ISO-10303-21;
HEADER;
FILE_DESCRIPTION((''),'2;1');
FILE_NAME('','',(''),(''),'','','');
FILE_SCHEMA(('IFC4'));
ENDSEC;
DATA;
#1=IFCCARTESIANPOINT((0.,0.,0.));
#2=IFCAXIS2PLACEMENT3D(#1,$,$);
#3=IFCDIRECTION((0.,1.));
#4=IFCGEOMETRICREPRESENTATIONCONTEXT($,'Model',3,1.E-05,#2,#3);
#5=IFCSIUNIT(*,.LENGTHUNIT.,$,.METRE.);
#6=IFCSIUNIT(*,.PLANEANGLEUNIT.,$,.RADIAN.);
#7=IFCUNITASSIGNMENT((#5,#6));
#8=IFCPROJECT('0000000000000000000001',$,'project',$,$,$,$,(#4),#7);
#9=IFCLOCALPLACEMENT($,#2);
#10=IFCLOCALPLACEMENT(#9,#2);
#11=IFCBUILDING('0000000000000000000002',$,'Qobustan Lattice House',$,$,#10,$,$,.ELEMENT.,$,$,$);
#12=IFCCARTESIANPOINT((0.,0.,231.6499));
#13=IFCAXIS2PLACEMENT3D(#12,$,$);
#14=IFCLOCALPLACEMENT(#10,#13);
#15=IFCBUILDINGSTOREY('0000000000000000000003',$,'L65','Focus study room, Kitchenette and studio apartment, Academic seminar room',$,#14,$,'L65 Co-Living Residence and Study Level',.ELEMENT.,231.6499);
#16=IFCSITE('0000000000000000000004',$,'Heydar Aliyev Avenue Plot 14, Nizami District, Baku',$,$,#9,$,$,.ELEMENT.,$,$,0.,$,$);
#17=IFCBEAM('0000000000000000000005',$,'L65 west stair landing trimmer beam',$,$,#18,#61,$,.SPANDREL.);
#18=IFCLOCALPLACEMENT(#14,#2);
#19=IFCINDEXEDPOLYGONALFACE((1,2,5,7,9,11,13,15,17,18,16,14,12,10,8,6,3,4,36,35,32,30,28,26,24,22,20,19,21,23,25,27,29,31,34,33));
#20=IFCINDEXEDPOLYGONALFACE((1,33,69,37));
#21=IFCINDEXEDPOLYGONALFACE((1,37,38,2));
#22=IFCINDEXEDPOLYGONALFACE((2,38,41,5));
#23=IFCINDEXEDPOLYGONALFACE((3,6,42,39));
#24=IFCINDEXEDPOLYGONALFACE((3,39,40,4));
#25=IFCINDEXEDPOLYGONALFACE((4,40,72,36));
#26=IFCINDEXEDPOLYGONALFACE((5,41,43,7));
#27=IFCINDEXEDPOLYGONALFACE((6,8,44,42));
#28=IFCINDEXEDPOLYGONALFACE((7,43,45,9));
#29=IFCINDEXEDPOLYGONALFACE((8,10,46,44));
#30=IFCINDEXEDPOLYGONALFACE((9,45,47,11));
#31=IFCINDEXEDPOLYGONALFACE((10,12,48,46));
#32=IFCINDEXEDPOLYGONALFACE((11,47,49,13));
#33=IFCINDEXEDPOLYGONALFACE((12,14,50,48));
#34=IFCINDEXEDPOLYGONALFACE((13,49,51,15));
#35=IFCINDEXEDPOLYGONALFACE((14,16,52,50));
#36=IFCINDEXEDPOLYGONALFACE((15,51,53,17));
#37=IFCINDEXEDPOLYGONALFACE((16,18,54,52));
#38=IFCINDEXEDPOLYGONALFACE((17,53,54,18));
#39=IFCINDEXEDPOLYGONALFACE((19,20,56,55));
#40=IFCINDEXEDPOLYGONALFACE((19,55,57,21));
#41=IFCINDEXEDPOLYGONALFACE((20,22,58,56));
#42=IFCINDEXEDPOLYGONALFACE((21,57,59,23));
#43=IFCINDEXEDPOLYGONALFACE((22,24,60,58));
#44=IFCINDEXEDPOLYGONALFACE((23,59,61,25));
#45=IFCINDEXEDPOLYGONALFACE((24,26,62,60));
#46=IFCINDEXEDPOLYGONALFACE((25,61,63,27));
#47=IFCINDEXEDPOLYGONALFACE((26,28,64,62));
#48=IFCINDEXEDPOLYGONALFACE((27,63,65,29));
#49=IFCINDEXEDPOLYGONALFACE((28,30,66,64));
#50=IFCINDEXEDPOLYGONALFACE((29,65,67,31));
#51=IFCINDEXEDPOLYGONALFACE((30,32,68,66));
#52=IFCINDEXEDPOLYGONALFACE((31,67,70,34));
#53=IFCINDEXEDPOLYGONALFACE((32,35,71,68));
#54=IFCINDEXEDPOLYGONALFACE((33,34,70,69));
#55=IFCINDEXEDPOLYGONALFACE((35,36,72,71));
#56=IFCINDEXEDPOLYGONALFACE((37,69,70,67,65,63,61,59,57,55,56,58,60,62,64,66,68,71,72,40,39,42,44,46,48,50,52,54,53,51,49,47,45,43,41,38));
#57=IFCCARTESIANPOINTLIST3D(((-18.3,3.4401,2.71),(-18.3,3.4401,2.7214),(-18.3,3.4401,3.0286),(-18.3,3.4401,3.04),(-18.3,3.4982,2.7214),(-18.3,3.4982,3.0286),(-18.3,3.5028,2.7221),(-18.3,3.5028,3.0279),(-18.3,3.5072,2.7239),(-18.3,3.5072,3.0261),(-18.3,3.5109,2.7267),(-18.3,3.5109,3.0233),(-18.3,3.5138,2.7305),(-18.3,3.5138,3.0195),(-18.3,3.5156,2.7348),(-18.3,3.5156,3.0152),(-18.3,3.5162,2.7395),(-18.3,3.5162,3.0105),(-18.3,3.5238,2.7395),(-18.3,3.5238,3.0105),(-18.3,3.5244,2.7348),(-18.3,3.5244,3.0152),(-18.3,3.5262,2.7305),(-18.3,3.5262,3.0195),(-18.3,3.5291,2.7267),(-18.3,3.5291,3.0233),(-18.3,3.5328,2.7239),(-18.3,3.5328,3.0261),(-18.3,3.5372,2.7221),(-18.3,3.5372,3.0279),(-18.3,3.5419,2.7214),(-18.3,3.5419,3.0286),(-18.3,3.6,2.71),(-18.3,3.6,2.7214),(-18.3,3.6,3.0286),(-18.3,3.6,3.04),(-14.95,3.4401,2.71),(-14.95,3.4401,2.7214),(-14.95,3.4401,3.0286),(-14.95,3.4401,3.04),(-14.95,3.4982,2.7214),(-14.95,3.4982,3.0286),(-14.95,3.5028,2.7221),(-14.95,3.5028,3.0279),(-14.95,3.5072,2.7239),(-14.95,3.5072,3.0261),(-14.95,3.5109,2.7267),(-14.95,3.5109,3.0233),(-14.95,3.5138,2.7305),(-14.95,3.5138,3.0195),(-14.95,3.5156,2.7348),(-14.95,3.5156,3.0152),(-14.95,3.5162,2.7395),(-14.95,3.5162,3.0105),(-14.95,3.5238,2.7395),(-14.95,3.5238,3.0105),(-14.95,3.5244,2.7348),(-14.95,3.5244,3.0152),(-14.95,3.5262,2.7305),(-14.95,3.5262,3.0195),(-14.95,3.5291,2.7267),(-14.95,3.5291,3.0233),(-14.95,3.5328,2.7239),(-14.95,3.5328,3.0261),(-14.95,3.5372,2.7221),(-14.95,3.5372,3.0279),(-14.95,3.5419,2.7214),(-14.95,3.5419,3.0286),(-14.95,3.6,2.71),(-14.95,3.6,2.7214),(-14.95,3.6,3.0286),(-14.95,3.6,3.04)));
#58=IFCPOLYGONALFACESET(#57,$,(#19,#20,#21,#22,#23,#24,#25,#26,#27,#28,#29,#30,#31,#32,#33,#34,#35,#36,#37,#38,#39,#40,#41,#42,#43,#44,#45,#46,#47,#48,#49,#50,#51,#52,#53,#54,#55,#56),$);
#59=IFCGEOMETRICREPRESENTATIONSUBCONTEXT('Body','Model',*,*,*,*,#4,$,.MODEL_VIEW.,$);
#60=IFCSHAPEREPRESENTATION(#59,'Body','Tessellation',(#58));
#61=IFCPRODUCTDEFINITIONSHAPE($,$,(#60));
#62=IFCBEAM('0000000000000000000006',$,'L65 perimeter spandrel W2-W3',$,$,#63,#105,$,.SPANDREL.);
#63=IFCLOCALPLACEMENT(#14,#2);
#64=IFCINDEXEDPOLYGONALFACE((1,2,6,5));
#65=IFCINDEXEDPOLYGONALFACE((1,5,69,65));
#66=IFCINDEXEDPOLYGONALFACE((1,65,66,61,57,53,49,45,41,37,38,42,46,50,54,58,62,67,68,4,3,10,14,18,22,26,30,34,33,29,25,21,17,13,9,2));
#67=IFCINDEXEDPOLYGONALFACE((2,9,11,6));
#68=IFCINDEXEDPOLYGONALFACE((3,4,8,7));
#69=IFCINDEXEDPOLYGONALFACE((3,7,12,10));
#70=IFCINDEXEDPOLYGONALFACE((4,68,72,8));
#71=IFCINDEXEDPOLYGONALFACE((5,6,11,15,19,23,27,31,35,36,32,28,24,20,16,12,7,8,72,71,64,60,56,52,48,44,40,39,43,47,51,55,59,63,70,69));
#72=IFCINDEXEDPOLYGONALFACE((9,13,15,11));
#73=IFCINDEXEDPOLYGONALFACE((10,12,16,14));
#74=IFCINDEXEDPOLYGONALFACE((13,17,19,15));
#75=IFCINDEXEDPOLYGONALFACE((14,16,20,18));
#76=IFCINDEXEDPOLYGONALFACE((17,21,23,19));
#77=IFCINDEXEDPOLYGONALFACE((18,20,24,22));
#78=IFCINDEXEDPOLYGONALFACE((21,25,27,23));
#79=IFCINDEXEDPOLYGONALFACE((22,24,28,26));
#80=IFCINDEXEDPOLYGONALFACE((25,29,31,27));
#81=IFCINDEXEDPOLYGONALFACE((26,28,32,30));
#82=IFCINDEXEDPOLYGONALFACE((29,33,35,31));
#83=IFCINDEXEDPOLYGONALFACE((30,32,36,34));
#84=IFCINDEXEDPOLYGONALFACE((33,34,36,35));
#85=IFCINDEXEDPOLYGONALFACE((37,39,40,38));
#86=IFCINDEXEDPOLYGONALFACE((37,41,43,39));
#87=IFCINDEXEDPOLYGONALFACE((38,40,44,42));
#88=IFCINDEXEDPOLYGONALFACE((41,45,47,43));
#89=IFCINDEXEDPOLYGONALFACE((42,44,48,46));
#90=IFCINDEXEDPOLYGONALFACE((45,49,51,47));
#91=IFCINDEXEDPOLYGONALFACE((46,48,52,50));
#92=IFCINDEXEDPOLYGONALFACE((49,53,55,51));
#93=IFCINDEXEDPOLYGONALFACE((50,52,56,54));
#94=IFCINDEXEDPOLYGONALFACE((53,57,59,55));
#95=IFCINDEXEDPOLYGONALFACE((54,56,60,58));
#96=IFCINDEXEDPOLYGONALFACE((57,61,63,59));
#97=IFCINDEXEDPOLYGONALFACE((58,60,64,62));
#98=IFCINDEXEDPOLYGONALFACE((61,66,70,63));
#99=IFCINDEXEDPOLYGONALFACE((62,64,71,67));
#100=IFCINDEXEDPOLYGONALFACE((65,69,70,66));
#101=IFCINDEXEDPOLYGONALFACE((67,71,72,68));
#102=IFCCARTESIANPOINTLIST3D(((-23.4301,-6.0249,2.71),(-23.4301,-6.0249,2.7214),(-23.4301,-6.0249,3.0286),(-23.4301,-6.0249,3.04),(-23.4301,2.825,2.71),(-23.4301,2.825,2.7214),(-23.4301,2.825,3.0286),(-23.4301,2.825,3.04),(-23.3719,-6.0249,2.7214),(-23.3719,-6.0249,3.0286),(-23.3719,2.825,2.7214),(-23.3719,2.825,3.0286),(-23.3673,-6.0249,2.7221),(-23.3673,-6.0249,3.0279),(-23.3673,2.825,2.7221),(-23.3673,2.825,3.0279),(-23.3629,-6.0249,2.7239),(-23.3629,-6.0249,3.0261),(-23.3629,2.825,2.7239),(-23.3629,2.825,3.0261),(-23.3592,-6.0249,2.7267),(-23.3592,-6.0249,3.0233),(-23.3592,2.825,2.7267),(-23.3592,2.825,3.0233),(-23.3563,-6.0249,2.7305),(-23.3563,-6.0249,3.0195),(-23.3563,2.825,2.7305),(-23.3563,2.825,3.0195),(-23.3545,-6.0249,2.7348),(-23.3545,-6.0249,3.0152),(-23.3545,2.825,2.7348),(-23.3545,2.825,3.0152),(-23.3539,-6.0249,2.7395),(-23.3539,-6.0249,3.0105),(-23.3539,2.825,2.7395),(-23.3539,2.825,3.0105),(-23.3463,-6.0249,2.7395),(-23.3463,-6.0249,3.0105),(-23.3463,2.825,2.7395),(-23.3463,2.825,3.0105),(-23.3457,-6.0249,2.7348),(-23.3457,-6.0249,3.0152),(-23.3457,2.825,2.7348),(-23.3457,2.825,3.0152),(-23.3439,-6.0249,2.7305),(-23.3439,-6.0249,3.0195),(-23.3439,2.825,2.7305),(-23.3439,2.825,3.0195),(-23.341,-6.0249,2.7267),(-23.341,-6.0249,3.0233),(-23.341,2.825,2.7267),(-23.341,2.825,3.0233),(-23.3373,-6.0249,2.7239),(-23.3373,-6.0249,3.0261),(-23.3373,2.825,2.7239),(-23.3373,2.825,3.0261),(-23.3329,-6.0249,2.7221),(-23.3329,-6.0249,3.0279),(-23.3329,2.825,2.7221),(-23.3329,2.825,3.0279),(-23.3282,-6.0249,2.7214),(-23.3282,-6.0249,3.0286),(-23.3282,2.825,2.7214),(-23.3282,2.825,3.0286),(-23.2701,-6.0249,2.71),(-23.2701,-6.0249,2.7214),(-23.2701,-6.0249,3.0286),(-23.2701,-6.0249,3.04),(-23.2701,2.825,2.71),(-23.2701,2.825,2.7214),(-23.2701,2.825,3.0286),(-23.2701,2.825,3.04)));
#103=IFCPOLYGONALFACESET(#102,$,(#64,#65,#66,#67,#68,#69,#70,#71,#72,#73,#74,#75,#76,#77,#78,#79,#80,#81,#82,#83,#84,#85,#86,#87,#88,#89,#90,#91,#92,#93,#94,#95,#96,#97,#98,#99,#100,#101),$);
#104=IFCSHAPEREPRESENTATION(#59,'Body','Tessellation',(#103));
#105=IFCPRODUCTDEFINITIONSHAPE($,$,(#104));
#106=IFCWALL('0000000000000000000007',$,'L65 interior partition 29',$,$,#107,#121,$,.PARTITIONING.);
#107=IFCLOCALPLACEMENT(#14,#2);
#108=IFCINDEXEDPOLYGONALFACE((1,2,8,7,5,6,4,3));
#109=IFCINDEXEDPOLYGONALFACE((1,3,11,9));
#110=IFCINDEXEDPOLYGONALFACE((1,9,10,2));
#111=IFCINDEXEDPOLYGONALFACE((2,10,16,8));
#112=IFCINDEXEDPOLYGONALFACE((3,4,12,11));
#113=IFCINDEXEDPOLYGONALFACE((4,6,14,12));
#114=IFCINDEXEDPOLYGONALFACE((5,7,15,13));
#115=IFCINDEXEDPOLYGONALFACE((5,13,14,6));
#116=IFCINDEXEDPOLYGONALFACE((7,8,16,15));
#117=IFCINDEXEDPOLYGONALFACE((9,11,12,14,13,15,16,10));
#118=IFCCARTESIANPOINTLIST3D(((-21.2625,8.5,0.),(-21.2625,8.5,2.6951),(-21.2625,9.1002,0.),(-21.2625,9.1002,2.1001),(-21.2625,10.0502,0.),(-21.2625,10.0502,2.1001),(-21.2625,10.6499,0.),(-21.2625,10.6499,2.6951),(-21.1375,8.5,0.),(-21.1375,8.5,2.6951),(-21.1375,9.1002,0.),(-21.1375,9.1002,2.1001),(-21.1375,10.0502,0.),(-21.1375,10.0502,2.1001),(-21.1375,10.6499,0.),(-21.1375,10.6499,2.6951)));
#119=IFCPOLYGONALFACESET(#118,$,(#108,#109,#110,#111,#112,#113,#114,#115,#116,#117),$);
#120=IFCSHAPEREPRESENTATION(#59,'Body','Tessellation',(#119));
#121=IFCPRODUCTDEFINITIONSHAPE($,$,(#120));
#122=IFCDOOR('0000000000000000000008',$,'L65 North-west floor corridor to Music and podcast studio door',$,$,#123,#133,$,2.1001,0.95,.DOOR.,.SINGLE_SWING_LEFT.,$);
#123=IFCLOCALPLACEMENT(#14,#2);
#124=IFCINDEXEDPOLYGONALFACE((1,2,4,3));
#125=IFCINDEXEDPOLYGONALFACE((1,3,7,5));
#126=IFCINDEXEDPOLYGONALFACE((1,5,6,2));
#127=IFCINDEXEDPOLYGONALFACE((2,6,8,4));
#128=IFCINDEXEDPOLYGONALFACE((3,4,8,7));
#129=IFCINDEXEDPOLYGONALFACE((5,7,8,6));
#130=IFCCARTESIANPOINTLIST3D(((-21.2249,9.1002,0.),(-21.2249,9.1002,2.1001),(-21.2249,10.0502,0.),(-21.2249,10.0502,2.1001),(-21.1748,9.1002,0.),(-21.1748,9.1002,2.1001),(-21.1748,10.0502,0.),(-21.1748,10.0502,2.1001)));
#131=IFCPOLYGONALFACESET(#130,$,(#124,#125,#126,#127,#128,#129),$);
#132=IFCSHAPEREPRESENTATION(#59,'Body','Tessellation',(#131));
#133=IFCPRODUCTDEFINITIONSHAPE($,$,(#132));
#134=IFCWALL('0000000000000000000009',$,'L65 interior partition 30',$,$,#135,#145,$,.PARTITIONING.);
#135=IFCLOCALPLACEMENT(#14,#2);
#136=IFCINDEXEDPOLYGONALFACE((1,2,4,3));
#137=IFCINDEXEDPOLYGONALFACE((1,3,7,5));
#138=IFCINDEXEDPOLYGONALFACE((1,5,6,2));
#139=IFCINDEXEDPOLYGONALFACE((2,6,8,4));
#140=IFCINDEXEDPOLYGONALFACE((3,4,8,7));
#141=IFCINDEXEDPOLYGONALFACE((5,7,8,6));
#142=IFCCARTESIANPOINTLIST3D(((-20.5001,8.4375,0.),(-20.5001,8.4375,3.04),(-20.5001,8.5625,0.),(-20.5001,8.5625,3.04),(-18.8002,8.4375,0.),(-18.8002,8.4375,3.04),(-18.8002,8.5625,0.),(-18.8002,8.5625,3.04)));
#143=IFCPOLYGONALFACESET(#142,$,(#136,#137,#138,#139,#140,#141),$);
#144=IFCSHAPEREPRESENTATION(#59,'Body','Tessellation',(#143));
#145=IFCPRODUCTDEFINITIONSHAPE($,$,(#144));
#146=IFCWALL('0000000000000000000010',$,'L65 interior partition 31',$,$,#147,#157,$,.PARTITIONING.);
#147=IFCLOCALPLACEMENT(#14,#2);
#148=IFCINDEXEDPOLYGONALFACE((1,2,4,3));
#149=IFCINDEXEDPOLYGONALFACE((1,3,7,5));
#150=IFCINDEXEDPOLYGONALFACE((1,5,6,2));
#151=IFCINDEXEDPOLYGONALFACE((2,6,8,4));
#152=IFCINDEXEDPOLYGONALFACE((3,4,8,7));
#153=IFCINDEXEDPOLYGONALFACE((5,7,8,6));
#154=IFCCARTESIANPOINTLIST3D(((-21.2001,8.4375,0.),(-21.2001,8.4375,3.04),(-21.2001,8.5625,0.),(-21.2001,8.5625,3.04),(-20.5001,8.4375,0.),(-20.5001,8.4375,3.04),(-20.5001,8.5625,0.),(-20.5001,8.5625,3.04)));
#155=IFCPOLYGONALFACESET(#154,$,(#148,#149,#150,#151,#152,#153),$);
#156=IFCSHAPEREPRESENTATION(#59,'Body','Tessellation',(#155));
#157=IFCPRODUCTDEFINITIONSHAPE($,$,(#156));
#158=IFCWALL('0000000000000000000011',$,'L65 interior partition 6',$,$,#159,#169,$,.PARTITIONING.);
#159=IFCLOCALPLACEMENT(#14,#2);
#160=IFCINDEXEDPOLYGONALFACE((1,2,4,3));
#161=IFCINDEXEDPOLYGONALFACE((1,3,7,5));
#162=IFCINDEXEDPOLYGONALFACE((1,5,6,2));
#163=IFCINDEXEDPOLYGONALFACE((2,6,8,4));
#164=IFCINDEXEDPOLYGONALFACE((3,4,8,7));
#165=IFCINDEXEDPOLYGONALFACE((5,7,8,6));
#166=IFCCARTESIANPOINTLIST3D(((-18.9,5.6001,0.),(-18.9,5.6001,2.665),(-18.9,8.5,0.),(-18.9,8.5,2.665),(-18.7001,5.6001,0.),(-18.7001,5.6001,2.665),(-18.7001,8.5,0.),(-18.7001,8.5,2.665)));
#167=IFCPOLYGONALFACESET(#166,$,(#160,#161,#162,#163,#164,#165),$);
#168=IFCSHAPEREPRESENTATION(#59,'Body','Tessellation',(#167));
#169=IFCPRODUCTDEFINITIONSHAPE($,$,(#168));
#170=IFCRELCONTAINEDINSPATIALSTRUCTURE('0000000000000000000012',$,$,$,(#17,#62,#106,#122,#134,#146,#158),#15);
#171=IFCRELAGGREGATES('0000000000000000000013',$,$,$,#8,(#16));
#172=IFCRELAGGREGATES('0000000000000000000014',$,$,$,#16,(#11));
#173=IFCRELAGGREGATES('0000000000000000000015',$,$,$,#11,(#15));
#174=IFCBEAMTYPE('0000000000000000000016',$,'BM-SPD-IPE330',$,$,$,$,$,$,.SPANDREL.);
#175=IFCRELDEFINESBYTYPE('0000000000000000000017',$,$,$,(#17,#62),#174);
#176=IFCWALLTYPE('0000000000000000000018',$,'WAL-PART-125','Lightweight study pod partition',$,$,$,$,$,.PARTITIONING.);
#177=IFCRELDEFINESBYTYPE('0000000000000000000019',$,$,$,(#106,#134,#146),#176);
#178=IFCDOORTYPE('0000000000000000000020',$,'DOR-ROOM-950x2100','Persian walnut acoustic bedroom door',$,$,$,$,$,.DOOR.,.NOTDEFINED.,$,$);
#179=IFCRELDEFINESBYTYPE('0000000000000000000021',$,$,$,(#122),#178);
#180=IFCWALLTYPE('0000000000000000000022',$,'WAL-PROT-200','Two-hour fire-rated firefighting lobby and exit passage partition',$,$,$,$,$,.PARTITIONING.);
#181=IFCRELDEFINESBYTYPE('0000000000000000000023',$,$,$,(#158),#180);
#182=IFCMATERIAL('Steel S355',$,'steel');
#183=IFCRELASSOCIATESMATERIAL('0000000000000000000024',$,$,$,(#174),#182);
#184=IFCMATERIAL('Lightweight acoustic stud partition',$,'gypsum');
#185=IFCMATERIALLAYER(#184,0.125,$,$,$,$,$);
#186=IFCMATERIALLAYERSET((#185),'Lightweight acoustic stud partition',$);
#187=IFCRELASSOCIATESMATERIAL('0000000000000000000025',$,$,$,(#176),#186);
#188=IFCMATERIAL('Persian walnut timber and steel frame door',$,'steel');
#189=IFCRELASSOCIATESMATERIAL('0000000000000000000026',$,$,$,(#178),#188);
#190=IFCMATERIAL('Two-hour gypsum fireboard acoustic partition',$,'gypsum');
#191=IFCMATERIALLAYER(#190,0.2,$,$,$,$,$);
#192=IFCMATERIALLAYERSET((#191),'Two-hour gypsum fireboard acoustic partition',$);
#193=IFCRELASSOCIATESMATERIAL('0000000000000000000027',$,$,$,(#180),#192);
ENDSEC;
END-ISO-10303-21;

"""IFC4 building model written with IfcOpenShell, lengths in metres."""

from ifc_helpers import new_model, si_unit, direction, frame, frame_2d, origin, origin_2d, place, context, subcontext, project, spatial, rectangle, i_section, extrude, material, layer, layer_set, material_profile, profile_set, type_object, element, fill, save


model = new_model("IFC4")

# Units and contexts
model_context = context("Model", 3, precision=1e-05, world=origin(), true_north=direction((0.0, 1.0)))
body_context = subcontext(model_context, "Body", "Model", "MODEL_VIEW")
ifc_project = project(units=[si_unit("LENGTHUNIT", "METRE"), si_unit("PLANEANGLEUNIT", "RADIAN")], contexts=[model_context])

# Site, building, storey
site_placement = place(None, origin())
site = spatial("IfcSite", under=ifc_project, at=site_placement, Name="Heydar Aliyev Avenue Plot 14, Nizami District, Baku", CompositionType="ELEMENT", RefElevation=0.0)
building_placement = place(site_placement, origin())
building = spatial("IfcBuilding", under=site, at=building_placement, Name="Qobustan Lattice House", CompositionType="ELEMENT")
storey_placement = place(building_placement, frame((0.0, 0.0, 231.6499)))
storey = spatial("IfcBuildingStorey", under=building, at=storey_placement, Name="L65", Description="Focus study room, Kitchenette and studio apartment, Academic seminar room", LongName="L65 Co-Living Residence and Study Level", CompositionType="ELEMENT", Elevation=231.6499)

# Beams
ifc_material_1 = material(Name="Steel S355", Category="steel")
ifc_material_profile_1 = material_profile(ifc_material_1, i_section(OverallWidth=0.1599, OverallDepth=0.3301, WebThickness=0.0076, FlangeThickness=0.0115, FilletRadius=0.0181, at=origin_2d()), Name="IPE330")
ifc_profile_set_1 = profile_set([ifc_material_profile_1], Name="Steel S355")
beam_type_1 = type_object("IfcBeamType", Name="BM-SPD-IPE330", PredefinedType="SPANDREL", material=ifc_profile_set_1)
beam_1_placement = place(storey_placement, frame((-18.3, 3.52, 2.875), z_axis=(1.0, 0.0, 0.0), x_axis=(0.0, 1.0, 0.0)))
element("IfcBeam", 1, at=beam_1_placement, inside=storey, type_object=beam_type_1, Name="L65 west stair landing trimmer beam", PredefinedType="SPANDREL", context=body_context, shape_type="SweptSolid", body=[
    extrude(i_section(OverallWidth=0.1599, OverallDepth=0.3301, WebThickness=0.0076, FlangeThickness=0.0115, FilletRadius=0.0181, at=origin_2d()), origin(), (0.0, 0.0, 1.0), 3.3501),
])
beam_2_placement = place(storey_placement, frame((-23.3501, 2.825, 2.875), z_axis=(0.0, -1.0, 0.0), x_axis=(1.0, 0.0, 0.0)))
element("IfcBeam", 2, at=beam_2_placement, inside=storey, type_object=beam_type_1, Name="L65 perimeter spandrel W2-W3", PredefinedType="SPANDREL", context=body_context, shape_type="SweptSolid", body=[
    extrude(i_section(OverallWidth=0.1599, OverallDepth=0.3301, WebThickness=0.0076, FlangeThickness=0.0115, FilletRadius=0.0181, at=origin_2d()), origin(), (0.0, 0.0, 1.0), 8.8499),
])

# Wall, opening, door
ifc_material_2 = material(Name="Lightweight acoustic stud partition", Category="gypsum")
ifc_layer_1 = layer(ifc_material_2, 0.125)
ifc_layer_set_1 = layer_set([ifc_layer_1], Name="Lightweight acoustic stud partition")
wall_type_1 = type_object("IfcWallType", Name="WAL-PART-125", Description="Lightweight study pod partition", PredefinedType="PARTITIONING", material=ifc_layer_set_1)
wall_1_placement = place(storey_placement, frame((-21.2, 8.5, 0.0), z_axis=(0.0, 0.0, 1.0), x_axis=(0.0, 1.0, 0.0)))
wall_1 = element("IfcWall", 3, at=wall_1_placement, inside=storey, type_object=wall_type_1, Name="L65 interior partition 29", PredefinedType="PARTITIONING", context=body_context, shape_type="SweptSolid", body=[
    extrude(rectangle(XDim=2.1499, YDim=0.125, at=frame_2d((1.075, 0.0))), origin(), (0.0, 0.0, 1.0), 2.6951),
])
opening_1_placement = place(wall_1_placement, frame((0.6001, 0.0, 0.0)))
opening_1 = element("IfcOpeningElement", 4, at=opening_1_placement, cuts=wall_1, PredefinedType="OPENING", context=body_context, shape_type="SweptSolid", body=[
    extrude(rectangle(XDim=0.95, YDim=2.1001, at=frame_2d((0.4751, 1.05))), frame((0.0, 0.0725, 0.0), z_axis=(0.0, -1.0, 0.0), x_axis=(1.0, 0.0, 0.0)), (0.0, 0.0, 1.0), 0.145),
])
ifc_material_3 = material(Name="Persian walnut timber and steel frame door", Category="steel")
door_type_1 = type_object("IfcDoorType", Name="DOR-ROOM-950x2100", Description="Persian walnut acoustic bedroom door", OperationType="NOTDEFINED", PredefinedType="DOOR", material=ifc_material_3)
door_1_placement = place(opening_1_placement, origin())
door_1 = element("IfcDoor", 5, at=door_1_placement, inside=storey, type_object=door_type_1, Name="L65 North-west floor corridor to Music and podcast studio door", OperationType="SINGLE_SWING_LEFT", OverallHeight=2.1001, OverallWidth=0.95, PredefinedType="DOOR", context=body_context, shape_type="SweptSolid", body=[
    extrude(rectangle(XDim=0.95, YDim=2.1001, at=frame_2d((0.4751, 1.05))), frame((0.0, 0.0249, 0.0), z_axis=(0.0, -1.0, 0.0), x_axis=(1.0, 0.0, 0.0)), (0.0, 0.0, 1.0), 0.05),
])
fill(opening_1, door_1)

# Walls
wall_2_placement = place(storey_placement, frame((-18.8, 8.5, 0.0), z_axis=(0.0, 0.0, 1.0), x_axis=(-1.0, 0.0, 0.0)))
element("IfcWall", 6, at=wall_2_placement, inside=storey, type_object=wall_type_1, Name="L65 interior partition 30", PredefinedType="PARTITIONING", context=body_context, shape_type="SweptSolid", body=[
    extrude(rectangle(XDim=1.7, YDim=0.125, at=frame_2d((0.8501, 0.0))), origin(), (0.0, 0.0, 1.0), 3.04),
])
wall_3_placement = place(storey_placement, frame((-20.5, 8.5, 0.0), z_axis=(0.0, 0.0, 1.0), x_axis=(-1.0, 0.0, 0.0)))
element("IfcWall", 7, at=wall_3_placement, inside=storey, type_object=wall_type_1, Name="L65 interior partition 31", PredefinedType="PARTITIONING", context=body_context, shape_type="SweptSolid", body=[
    extrude(rectangle(XDim=0.7, YDim=0.125, at=frame_2d((0.3501, 0.0))), origin(), (0.0, 0.0, 1.0), 3.04),
])
ifc_material_4 = material(Name="Two-hour gypsum fireboard acoustic partition", Category="gypsum")
ifc_layer_2 = layer(ifc_material_4, 0.2)
ifc_layer_set_2 = layer_set([ifc_layer_2], Name="Two-hour gypsum fireboard acoustic partition")
wall_type_2 = type_object("IfcWallType", Name="WAL-PROT-200", Description="Two-hour fire-rated firefighting lobby and exit passage partition", PredefinedType="PARTITIONING", material=ifc_layer_set_2)
wall_4_placement = place(storey_placement, frame((-18.8, 8.5, 0.0), z_axis=(0.0, 0.0, 1.0), x_axis=(0.0, -1.0, 0.0)))
element("IfcWall", 8, at=wall_4_placement, inside=storey, type_object=wall_type_2, Name="L65 interior partition 6", PredefinedType="PARTITIONING", context=body_context, shape_type="SweptSolid", body=[
    extrude(rectangle(XDim=2.8999, YDim=0.2, at=frame_2d((1.45, 0.0))), origin(), (0.0, 0.0, 1.0), 2.665),
])

save(model, "model.ifc")
